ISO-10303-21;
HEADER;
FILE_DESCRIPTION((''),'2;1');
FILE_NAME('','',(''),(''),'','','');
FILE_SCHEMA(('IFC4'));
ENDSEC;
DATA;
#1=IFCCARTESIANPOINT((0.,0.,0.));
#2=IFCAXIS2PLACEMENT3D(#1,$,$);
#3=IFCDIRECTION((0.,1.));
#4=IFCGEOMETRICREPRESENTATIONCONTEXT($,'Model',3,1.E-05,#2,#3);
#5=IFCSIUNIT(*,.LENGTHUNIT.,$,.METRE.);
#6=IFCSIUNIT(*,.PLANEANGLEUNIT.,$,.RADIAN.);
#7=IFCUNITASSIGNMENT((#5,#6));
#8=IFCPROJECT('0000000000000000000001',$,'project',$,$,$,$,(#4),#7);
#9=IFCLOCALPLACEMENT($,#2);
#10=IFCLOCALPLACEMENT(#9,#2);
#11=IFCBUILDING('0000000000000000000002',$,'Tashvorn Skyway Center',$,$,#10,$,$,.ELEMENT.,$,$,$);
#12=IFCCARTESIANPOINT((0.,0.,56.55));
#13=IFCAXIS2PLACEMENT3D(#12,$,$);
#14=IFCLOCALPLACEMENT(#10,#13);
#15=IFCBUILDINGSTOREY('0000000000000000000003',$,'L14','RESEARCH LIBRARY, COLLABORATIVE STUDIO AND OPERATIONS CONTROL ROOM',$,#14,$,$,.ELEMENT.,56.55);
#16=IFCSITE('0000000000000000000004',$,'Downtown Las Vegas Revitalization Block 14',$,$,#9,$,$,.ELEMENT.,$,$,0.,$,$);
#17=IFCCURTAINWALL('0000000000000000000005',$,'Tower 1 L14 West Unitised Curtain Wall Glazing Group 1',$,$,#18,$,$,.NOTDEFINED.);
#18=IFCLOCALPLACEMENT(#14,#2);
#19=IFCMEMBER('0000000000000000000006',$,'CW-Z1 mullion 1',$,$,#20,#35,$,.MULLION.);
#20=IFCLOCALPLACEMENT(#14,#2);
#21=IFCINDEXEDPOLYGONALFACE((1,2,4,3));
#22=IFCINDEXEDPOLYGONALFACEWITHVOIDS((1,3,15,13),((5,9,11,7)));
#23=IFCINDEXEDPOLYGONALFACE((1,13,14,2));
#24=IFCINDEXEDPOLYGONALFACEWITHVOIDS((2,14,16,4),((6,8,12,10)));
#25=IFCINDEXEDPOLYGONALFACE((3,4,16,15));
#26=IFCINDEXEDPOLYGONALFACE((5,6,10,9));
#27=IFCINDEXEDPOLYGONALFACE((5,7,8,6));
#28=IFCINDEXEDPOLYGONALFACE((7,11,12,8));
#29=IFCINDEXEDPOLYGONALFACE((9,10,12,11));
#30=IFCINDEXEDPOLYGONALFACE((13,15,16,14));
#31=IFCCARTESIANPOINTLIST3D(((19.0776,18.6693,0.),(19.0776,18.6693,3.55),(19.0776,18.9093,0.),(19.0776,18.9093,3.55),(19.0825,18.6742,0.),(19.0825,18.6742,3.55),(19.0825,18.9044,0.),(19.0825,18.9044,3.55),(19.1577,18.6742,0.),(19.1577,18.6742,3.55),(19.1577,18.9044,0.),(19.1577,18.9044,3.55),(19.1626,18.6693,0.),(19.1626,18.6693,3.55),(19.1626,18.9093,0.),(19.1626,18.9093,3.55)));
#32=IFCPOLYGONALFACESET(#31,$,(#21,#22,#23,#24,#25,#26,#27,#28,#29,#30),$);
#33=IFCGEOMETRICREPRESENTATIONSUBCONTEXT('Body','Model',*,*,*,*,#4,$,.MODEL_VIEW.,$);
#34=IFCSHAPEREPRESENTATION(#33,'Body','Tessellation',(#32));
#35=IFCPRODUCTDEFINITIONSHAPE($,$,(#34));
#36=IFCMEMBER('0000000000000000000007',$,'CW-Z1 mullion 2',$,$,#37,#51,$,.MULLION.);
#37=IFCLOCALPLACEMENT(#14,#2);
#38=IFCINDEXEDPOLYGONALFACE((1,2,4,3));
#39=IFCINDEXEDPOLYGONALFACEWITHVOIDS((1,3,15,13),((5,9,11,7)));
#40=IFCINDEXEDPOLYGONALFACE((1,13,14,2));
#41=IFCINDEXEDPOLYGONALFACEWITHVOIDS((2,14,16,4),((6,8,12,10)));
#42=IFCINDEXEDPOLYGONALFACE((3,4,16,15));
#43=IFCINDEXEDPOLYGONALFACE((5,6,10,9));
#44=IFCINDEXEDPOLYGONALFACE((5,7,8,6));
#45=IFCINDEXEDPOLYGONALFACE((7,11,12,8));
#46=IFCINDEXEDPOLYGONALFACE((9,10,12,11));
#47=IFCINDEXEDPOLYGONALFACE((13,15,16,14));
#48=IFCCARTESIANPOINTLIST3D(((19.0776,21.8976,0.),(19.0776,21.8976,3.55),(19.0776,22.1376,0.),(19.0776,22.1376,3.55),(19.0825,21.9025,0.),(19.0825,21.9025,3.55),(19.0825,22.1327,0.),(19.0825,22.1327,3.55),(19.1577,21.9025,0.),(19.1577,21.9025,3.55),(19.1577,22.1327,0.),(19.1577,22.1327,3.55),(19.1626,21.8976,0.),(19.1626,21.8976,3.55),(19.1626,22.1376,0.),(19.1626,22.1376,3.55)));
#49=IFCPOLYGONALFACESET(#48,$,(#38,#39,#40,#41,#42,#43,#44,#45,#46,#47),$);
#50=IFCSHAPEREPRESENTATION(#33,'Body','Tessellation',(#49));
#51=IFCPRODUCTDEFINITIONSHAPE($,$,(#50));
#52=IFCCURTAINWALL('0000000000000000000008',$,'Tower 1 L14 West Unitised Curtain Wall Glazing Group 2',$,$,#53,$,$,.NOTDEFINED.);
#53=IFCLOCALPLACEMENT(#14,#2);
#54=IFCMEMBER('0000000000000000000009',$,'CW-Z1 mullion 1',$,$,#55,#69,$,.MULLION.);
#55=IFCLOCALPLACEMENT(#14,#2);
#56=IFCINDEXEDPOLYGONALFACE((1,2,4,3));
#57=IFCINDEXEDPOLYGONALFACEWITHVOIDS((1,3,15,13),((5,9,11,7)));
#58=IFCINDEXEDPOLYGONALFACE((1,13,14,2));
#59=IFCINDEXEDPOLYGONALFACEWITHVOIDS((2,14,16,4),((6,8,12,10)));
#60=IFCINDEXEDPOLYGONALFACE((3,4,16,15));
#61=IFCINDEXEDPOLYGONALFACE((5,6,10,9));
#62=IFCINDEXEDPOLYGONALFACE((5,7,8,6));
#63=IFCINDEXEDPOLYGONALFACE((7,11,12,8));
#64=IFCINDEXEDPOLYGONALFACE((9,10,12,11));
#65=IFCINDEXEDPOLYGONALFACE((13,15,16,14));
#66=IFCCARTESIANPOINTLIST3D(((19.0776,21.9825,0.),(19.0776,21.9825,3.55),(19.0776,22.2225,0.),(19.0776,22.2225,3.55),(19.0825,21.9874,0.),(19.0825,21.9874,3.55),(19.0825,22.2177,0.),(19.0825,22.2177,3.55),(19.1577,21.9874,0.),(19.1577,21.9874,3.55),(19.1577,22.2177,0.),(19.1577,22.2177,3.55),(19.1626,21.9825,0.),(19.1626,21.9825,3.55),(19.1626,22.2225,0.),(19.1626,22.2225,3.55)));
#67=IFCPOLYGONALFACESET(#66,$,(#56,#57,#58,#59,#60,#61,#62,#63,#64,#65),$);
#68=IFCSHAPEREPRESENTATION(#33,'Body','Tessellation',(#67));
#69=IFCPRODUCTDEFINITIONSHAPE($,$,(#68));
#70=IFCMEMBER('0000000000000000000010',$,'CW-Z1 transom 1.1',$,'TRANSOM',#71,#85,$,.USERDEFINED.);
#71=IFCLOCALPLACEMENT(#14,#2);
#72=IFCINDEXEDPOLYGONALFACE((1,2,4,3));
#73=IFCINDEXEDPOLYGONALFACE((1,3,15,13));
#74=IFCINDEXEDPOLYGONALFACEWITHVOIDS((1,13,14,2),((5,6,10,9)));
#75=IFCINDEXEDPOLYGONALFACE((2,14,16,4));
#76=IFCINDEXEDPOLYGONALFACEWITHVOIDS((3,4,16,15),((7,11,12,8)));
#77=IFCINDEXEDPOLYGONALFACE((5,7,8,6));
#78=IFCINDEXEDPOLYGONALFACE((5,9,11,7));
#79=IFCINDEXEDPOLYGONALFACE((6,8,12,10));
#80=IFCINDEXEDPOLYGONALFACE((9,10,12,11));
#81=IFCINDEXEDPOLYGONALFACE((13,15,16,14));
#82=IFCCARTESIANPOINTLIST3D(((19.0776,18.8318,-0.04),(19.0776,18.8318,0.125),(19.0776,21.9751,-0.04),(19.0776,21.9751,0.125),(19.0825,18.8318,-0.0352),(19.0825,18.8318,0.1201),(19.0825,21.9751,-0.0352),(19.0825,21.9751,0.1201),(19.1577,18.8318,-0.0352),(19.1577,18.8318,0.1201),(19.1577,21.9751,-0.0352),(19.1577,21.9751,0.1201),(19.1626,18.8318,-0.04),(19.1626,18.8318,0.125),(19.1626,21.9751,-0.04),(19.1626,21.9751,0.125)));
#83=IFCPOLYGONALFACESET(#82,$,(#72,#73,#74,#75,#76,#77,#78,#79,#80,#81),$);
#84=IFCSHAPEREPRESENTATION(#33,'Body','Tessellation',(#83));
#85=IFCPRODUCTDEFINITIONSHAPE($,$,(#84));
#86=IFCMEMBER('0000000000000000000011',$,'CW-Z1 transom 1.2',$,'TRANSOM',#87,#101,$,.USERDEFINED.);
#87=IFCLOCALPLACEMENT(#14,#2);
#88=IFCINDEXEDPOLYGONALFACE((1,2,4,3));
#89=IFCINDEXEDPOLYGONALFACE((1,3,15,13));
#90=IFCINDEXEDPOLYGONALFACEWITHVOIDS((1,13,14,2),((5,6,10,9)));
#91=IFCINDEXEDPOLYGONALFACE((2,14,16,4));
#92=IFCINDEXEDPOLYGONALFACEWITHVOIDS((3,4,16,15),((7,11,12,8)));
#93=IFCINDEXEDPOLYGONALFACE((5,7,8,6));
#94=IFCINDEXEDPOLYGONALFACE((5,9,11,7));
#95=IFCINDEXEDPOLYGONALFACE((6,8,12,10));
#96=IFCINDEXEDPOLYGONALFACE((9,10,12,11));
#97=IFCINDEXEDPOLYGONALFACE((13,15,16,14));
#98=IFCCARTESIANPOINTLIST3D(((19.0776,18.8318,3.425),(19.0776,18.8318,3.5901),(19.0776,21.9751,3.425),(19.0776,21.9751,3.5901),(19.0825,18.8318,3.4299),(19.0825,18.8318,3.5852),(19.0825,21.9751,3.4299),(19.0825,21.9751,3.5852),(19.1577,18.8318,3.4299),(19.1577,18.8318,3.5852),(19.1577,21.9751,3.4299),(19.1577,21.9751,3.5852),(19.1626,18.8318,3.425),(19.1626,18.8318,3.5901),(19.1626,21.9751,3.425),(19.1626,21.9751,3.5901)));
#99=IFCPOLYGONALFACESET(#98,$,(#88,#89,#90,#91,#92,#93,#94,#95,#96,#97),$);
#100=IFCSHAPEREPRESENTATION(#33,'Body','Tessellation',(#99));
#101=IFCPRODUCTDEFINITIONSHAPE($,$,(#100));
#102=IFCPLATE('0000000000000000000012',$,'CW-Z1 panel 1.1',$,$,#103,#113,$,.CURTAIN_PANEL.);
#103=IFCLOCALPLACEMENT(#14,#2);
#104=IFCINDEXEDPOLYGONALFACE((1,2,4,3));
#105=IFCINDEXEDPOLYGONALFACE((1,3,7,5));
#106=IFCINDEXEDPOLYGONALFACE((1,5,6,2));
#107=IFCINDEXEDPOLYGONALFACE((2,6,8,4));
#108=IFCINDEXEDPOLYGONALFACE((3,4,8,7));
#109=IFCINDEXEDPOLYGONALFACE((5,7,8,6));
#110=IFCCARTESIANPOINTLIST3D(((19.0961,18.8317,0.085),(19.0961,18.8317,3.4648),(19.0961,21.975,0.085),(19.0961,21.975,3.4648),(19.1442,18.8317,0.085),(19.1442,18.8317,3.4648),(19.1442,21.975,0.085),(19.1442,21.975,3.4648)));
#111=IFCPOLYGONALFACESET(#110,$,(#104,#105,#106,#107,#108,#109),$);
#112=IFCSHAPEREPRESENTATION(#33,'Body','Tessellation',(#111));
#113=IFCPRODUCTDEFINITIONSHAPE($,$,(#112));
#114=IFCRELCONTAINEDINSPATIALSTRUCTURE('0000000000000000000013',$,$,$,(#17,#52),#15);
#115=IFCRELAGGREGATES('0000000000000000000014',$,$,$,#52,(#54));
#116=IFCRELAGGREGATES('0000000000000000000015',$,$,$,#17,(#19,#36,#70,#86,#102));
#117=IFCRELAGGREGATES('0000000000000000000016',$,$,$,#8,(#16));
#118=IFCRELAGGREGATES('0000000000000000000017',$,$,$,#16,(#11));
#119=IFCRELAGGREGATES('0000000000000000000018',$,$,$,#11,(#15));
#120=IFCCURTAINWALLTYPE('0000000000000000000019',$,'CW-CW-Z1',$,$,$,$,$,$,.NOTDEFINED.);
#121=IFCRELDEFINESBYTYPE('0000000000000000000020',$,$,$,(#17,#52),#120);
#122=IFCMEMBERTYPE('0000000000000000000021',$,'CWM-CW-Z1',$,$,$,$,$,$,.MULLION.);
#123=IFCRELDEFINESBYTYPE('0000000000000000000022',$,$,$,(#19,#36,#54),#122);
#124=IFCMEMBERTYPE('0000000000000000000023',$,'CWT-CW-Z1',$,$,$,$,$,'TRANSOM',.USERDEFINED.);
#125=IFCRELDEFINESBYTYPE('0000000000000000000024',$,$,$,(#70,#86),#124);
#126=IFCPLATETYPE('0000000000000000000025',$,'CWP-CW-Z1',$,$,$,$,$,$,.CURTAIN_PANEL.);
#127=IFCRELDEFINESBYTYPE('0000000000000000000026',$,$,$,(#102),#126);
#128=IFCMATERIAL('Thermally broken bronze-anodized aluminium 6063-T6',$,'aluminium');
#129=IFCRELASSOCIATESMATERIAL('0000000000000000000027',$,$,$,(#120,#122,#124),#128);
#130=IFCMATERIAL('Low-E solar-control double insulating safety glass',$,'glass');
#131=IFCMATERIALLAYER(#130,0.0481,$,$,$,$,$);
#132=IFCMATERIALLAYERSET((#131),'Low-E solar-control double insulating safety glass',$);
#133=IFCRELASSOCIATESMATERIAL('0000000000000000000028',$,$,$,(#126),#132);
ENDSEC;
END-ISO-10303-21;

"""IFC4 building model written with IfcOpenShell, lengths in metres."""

from ifc_helpers import new_model, si_unit, direction, frame, origin, origin_2d, place, context, subcontext, project, spatial, rectangle, hollow_rectangle, extrude, material, layer, layer_set, material_profile, profile_set, type_object, element, aggregate, save


model = new_model("IFC4")

# Units and contexts
model_context = context("Model", 3, precision=1e-05, world=origin(), true_north=direction((0.0, 1.0)))
body_context = subcontext(model_context, "Body", "Model", "MODEL_VIEW")
ifc_project = project(units=[si_unit("LENGTHUNIT", "METRE"), si_unit("PLANEANGLEUNIT", "RADIAN")], contexts=[model_context])

# Site, building, storey
site_placement = place(None, origin())
site = spatial("IfcSite", under=ifc_project, at=site_placement, Name="Downtown Las Vegas Revitalization Block 14", CompositionType="ELEMENT", RefElevation=0.0)
building_placement = place(site_placement, origin())
building = spatial("IfcBuilding", under=site, at=building_placement, Name="Tashvorn Skyway Center", CompositionType="ELEMENT")
storey_placement = place(building_placement, frame((0.0, 0.0, 56.55)))
storey = spatial("IfcBuildingStorey", under=building, at=storey_placement, Name="L14", Description="RESEARCH LIBRARY, COLLABORATIVE STUDIO AND OPERATIONS CONTROL ROOM", CompositionType="ELEMENT", Elevation=56.55)

# Curtain wall, members
ifc_material_1 = material(Name="Thermally broken bronze-anodized aluminium 6063-T6", Category="aluminium")
curtain_wall_type = type_object("IfcCurtainWallType", Name="CW-CW-Z1", PredefinedType="NOTDEFINED", material=ifc_material_1)
curtain_wall_1_placement = place(storey_placement, origin())
curtain_wall_1 = element("IfcCurtainWall", 1, at=curtain_wall_1_placement, inside=storey, type_object=curtain_wall_type, Name="Tower 1 L14 West Unitised Curtain Wall Glazing Group 1", PredefinedType="NOTDEFINED")
ifc_material_profile_1 = material_profile(ifc_material_1, hollow_rectangle(XDim=0.085, YDim=0.24, WallThickness=0.0049, at=origin_2d()), Name="ALU-MULL-85x240")
ifc_profile_set_1 = profile_set([ifc_material_profile_1], Name="Thermally broken bronze-anodized aluminium 6063-T6")
member_type_1 = type_object("IfcMemberType", Name="CWM-CW-Z1", PredefinedType="MULLION", material=ifc_profile_set_1)
member_1_placement = place(storey_placement, frame((19.1201, 18.7893, 0.0), z_axis=(0.0, 0.0, 1.0), x_axis=(-1.0, 0.0, 0.0)))
member_1 = element("IfcMember", 2, at=member_1_placement, type_object=member_type_1, Name="CW-Z1 mullion 1", PredefinedType="MULLION", context=body_context, shape_type="SweptSolid", body=[
    extrude(hollow_rectangle(XDim=0.085, YDim=0.24, WallThickness=0.0049, at=origin_2d()), origin(), (0.0, 0.0, 1.0), 3.55),
])
member_2_placement = place(storey_placement, frame((19.1201, 22.0176, 0.0), z_axis=(0.0, 0.0, 1.0), x_axis=(-1.0, 0.0, 0.0)))
member_2 = element("IfcMember", 3, at=member_2_placement, type_object=member_type_1, Name="CW-Z1 mullion 2", PredefinedType="MULLION", context=body_context, shape_type="SweptSolid", body=[
    extrude(hollow_rectangle(XDim=0.085, YDim=0.24, WallThickness=0.0049, at=origin_2d()), origin(), (0.0, 0.0, 1.0), 3.55),
])

# Curtain wall, member
curtain_wall_2_placement = place(storey_placement, origin())
curtain_wall_2 = element("IfcCurtainWall", 4, at=curtain_wall_2_placement, inside=storey, type_object=curtain_wall_type, Name="Tower 1 L14 West Unitised Curtain Wall Glazing Group 2", PredefinedType="NOTDEFINED")
member_3_placement = place(storey_placement, frame((19.1201, 22.1025, 0.0), z_axis=(0.0, 0.0, 1.0), x_axis=(-1.0, 0.0, 0.0)))
member_3 = element("IfcMember", 5, at=member_3_placement, type_object=member_type_1, Name="CW-Z1 mullion 1", PredefinedType="MULLION", context=body_context, shape_type="SweptSolid", body=[
    extrude(hollow_rectangle(XDim=0.085, YDim=0.24, WallThickness=0.0049, at=origin_2d()), origin(), (0.0, 0.0, 1.0), 3.55),
])
aggregate(curtain_wall_2, [member_3])

# Members
ifc_material_profile_2 = material_profile(ifc_material_1, hollow_rectangle(XDim=0.085, YDim=0.165, WallThickness=0.0049, at=origin_2d()), Name="ALU-TRAN-85x165")
ifc_profile_set_2 = profile_set([ifc_material_profile_2], Name="Thermally broken bronze-anodized aluminium 6063-T6")
member_type_2 = type_object("IfcMemberType", Name="CWT-CW-Z1", ElementType="TRANSOM", PredefinedType="USERDEFINED", material=ifc_profile_set_2)
member_4_placement = place(storey_placement, frame((19.1201, 18.8318, 0.0425), z_axis=(0.0, 1.0, 0.0), x_axis=(-1.0, 0.0, 0.0)))
member_4 = element("IfcMember", 6, at=member_4_placement, type_object=member_type_2, Name="CW-Z1 transom 1.1", ObjectType="TRANSOM", PredefinedType="USERDEFINED", context=body_context, shape_type="SweptSolid", body=[
    extrude(hollow_rectangle(XDim=0.085, YDim=0.165, WallThickness=0.0049, at=origin_2d()), origin(), (0.0, 0.0, 1.0), 3.1433),
])
member_5_placement = place(storey_placement, frame((19.1201, 18.8318, 3.5076), z_axis=(0.0, 1.0, 0.0), x_axis=(-1.0, 0.0, 0.0)))
member_5 = element("IfcMember", 7, at=member_5_placement, type_object=member_type_2, Name="CW-Z1 transom 1.2", ObjectType="TRANSOM", PredefinedType="USERDEFINED", context=body_context, shape_type="SweptSolid", body=[
    extrude(hollow_rectangle(XDim=0.085, YDim=0.165, WallThickness=0.0049, at=origin_2d()), origin(), (0.0, 0.0, 1.0), 3.1433),
])

# Plate
ifc_material_2 = material(Name="Low-E solar-control double insulating safety glass", Category="glass")
ifc_layer_1 = layer(ifc_material_2, 0.0481)
ifc_layer_set_1 = layer_set([ifc_layer_1], Name="Low-E solar-control double insulating safety glass")
plate_type = type_object("IfcPlateType", Name="CWP-CW-Z1", PredefinedType="CURTAIN_PANEL", material=ifc_layer_set_1)
plate_placement = place(storey_placement, frame((19.1201, 20.4033, 0.085), z_axis=(0.0, 0.0, 1.0), x_axis=(0.0, 1.0, 0.0)))
plate = element("IfcPlate", 8, at=plate_placement, type_object=plate_type, Name="CW-Z1 panel 1.1", PredefinedType="CURTAIN_PANEL", context=body_context, shape_type="SweptSolid", body=[
    extrude(rectangle(XDim=3.1433, YDim=0.0481, at=origin_2d()), origin(), (0.0, 0.0, 1.0), 3.3799),
])
aggregate(curtain_wall_1, [member_1, member_2, member_4, member_5, plate])

save(model, "model.ifc")
